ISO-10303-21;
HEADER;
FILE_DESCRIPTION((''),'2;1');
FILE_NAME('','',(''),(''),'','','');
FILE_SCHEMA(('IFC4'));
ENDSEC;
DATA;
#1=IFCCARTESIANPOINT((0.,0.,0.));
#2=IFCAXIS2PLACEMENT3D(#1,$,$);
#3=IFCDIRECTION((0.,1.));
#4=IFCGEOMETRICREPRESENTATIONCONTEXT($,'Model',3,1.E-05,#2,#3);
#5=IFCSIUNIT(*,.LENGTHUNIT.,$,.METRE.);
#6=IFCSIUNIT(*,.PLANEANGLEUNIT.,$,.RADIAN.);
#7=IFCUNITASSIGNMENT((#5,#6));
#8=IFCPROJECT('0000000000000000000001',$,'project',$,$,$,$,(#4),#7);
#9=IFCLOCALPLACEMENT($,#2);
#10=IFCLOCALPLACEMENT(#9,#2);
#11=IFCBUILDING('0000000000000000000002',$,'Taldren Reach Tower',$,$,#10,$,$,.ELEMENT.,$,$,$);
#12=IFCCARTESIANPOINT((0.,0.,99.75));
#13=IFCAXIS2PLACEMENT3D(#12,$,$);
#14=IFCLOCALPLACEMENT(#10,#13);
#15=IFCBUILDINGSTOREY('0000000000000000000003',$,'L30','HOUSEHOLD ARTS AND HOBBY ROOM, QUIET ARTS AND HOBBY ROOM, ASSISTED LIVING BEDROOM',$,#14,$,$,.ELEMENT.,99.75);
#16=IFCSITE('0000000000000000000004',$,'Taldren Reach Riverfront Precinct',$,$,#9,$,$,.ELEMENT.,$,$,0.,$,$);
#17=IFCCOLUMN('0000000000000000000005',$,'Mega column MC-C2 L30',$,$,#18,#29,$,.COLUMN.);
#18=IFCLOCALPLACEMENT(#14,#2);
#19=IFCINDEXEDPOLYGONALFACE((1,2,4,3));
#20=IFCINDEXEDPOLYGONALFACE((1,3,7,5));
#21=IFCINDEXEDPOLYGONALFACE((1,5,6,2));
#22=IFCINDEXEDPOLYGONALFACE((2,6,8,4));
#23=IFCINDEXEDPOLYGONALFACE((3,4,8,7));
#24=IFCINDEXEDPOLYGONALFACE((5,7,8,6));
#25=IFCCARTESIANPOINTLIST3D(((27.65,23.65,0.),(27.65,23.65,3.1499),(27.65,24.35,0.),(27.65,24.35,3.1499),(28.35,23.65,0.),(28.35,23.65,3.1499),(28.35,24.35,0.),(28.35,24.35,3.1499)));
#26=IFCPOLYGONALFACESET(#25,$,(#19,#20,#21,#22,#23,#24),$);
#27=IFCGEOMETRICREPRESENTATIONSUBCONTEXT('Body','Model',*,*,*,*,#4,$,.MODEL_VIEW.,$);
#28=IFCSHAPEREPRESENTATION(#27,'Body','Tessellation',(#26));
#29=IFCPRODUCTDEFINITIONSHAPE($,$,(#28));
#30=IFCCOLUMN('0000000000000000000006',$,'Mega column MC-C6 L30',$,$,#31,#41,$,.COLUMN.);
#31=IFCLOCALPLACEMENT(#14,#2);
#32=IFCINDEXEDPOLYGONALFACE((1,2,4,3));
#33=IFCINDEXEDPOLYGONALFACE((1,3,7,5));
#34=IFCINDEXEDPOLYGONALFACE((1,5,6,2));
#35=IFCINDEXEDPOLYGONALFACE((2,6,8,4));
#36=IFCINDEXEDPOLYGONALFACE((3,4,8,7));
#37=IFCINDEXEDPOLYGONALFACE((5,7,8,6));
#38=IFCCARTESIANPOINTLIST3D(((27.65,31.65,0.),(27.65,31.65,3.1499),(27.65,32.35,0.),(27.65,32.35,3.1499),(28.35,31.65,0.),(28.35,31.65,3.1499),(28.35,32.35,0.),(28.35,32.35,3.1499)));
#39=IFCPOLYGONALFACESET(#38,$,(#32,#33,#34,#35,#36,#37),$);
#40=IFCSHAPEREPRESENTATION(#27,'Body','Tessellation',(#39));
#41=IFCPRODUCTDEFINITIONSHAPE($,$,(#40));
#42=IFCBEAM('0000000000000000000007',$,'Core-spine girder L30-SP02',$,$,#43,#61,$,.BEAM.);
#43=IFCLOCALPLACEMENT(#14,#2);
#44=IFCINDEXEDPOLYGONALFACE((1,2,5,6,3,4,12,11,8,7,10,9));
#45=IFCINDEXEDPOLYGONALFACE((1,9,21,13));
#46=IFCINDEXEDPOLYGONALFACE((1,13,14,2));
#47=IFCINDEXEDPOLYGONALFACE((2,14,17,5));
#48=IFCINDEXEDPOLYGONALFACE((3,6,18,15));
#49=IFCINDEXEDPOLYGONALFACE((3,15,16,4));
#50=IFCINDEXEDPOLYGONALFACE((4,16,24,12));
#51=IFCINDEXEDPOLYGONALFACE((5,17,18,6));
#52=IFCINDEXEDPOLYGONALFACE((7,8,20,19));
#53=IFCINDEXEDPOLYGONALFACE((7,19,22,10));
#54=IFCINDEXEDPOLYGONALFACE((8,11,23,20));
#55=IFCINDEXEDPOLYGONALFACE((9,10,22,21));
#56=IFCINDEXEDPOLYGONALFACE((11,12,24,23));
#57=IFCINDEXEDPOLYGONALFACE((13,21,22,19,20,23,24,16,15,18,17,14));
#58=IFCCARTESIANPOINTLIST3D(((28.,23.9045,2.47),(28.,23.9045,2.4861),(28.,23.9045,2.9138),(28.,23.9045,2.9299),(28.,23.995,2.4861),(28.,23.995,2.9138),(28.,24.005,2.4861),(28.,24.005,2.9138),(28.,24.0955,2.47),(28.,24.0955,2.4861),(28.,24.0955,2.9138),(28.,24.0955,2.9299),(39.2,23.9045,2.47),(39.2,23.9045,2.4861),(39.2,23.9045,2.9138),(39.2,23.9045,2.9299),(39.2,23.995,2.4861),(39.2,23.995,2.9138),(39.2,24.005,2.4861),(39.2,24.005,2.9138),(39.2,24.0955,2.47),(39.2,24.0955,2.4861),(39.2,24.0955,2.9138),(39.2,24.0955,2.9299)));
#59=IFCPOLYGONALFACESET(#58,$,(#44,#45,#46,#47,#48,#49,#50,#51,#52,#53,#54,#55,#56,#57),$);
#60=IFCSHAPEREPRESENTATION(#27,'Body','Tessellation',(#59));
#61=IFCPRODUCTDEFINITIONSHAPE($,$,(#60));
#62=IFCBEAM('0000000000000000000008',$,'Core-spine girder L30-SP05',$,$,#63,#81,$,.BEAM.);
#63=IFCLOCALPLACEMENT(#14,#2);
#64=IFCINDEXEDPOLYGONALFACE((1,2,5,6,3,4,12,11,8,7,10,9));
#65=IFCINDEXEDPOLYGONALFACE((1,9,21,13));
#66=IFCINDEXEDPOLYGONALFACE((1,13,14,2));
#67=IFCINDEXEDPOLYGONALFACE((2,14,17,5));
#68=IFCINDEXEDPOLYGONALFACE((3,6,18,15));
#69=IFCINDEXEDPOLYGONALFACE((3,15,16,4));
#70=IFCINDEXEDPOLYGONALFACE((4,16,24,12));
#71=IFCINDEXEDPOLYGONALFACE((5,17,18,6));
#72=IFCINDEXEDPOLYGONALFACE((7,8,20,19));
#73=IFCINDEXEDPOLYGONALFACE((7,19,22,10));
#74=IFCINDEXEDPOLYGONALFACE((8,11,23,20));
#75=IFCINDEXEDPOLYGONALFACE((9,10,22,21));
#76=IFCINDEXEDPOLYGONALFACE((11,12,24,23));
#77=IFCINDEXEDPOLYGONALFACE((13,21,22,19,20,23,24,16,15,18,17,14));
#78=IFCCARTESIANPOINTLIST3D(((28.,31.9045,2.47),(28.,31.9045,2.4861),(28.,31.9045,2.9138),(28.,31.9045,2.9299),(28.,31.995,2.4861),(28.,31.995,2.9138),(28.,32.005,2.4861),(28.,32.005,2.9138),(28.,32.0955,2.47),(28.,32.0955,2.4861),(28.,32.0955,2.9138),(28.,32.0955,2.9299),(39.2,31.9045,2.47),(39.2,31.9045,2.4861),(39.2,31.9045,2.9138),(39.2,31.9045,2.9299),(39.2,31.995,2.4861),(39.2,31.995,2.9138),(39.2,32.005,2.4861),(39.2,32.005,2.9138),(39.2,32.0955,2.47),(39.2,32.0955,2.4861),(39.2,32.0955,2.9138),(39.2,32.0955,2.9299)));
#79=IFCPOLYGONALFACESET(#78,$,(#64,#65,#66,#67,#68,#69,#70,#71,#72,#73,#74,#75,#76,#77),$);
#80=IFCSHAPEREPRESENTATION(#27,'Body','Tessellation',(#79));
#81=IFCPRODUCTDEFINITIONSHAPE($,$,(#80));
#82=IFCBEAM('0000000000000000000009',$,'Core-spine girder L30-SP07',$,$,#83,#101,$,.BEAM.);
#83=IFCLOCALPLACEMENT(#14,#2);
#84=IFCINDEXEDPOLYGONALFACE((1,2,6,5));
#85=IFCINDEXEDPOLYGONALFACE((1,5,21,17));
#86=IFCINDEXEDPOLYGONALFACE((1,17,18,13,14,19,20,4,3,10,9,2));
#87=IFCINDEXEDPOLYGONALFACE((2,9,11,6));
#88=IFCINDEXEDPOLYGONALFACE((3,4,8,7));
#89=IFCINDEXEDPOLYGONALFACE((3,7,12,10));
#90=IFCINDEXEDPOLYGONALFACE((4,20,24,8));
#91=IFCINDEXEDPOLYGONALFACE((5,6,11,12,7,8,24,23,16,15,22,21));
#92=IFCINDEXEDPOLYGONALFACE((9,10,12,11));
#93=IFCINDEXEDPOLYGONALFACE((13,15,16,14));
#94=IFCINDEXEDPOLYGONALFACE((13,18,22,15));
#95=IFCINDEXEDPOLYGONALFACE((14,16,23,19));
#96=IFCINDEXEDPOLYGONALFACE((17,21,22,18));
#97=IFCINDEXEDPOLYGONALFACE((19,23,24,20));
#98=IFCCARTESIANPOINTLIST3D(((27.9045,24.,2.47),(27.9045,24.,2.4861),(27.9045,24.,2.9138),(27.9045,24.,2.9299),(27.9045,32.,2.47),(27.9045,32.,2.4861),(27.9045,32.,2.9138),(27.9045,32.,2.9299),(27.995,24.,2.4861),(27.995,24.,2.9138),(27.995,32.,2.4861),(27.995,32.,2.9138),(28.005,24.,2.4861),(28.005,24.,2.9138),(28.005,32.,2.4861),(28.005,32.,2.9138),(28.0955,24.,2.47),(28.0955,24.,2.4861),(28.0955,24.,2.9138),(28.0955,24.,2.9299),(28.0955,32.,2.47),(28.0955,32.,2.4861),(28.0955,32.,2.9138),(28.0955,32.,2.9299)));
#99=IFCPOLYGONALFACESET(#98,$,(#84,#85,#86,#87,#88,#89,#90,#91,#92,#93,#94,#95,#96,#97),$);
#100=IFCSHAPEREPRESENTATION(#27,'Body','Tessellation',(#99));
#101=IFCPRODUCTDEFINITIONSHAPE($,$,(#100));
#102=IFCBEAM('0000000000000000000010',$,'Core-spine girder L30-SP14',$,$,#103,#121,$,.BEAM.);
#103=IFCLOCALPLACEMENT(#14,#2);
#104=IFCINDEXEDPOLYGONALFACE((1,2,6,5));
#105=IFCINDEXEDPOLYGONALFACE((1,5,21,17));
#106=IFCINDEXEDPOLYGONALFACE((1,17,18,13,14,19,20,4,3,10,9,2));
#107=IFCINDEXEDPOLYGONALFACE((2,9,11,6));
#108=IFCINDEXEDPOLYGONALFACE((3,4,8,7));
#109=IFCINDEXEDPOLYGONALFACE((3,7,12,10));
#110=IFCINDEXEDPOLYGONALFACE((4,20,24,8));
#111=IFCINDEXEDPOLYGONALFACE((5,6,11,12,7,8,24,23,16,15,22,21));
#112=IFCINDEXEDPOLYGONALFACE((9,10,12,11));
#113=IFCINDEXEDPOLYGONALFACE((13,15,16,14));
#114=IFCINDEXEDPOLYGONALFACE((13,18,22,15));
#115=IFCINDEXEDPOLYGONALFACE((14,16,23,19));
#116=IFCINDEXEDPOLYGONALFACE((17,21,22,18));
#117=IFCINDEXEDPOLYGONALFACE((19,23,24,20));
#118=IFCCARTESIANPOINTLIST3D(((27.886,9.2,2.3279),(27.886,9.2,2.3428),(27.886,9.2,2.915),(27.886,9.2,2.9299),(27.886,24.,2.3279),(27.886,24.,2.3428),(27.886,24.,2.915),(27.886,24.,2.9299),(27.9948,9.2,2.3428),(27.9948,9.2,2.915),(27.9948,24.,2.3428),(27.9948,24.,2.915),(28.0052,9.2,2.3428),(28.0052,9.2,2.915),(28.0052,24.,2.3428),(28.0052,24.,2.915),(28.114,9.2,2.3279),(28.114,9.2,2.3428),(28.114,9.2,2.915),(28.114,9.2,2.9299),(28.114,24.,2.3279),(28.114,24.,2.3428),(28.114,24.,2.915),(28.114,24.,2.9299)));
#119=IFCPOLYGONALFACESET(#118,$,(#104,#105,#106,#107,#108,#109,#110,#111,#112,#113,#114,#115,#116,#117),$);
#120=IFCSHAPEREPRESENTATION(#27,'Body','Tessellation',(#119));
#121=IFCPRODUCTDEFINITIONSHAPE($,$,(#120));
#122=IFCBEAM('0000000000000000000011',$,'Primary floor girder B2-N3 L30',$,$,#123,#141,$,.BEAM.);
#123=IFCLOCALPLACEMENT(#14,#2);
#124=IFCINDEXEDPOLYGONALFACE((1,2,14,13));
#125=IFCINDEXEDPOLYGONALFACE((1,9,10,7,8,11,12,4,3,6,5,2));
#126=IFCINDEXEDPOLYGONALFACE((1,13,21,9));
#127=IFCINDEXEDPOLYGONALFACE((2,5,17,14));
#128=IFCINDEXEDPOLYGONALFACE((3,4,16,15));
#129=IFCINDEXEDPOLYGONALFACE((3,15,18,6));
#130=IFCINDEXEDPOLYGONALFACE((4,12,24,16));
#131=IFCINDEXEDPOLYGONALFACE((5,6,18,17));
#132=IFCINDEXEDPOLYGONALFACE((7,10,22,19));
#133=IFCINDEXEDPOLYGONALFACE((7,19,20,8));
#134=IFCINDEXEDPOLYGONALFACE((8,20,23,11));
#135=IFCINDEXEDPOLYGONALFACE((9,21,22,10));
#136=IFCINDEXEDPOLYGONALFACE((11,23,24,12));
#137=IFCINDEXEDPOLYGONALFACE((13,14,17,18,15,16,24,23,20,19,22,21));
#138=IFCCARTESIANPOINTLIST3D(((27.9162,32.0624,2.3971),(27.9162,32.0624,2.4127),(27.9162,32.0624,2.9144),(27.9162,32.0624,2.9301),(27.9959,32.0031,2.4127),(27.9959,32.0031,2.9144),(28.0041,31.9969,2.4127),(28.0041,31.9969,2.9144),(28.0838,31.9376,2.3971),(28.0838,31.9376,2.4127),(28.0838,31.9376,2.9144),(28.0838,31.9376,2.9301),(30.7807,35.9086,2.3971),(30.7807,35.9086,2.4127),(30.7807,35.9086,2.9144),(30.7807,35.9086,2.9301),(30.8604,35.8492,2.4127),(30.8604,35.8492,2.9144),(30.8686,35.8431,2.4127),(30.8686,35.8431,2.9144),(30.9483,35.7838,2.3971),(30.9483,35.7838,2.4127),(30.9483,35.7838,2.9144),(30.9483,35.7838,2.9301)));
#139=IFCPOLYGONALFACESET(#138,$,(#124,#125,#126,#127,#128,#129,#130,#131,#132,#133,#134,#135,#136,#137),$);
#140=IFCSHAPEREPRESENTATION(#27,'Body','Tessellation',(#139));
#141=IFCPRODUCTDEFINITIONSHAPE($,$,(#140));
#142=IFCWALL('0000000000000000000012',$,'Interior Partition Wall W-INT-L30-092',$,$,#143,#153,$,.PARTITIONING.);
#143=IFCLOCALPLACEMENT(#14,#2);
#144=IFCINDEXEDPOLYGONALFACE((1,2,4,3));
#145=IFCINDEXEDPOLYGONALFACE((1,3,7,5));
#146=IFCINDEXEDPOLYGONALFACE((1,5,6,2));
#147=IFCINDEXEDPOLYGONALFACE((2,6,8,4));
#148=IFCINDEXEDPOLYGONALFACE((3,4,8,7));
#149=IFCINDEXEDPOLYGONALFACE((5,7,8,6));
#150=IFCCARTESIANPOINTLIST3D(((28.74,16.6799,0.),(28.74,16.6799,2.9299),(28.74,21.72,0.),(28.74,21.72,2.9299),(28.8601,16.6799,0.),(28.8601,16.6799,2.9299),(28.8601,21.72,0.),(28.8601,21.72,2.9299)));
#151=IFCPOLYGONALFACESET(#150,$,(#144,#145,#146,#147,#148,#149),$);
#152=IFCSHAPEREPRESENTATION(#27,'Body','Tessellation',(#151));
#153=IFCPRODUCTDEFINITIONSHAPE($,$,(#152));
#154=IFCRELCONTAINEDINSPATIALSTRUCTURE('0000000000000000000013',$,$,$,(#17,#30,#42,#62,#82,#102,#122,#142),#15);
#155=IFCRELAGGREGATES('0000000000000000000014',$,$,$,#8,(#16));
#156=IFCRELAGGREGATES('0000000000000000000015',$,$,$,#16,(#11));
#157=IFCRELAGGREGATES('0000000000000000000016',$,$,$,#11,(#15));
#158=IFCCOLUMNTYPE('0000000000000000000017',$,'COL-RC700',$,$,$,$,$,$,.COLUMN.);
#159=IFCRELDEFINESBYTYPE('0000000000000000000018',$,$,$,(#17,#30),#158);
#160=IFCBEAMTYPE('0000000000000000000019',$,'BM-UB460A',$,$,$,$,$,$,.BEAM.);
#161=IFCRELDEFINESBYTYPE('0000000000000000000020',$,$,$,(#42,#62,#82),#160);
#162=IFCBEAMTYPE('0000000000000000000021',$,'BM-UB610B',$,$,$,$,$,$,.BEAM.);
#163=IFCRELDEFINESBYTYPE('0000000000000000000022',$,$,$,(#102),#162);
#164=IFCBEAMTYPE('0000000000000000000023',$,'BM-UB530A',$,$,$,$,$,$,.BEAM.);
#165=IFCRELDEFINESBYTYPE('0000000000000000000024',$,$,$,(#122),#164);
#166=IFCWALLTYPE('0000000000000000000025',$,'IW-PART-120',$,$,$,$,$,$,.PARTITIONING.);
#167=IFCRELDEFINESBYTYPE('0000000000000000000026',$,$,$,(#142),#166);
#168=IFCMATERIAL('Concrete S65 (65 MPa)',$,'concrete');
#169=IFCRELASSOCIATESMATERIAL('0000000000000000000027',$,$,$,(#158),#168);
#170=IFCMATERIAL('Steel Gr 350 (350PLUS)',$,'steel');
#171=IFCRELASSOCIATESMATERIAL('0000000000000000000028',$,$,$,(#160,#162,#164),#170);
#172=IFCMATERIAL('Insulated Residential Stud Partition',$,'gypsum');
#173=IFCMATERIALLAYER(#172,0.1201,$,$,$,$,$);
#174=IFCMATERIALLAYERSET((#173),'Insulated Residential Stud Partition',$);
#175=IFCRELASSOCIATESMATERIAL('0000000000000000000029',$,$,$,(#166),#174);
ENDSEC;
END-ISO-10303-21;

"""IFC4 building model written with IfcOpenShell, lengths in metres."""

from ifc_helpers import new_model, si_unit, direction, frame, frame_2d, origin, origin_2d, place, context, subcontext, project, spatial, rectangle, i_section, extrude, source, transform, mapped, material, layer, layer_set, material_profile, profile_set, type_object, element, save


model = new_model("IFC4")

# Units and contexts
model_context = context("Model", 3, precision=1e-05, world=origin(), true_north=direction((0.0, 1.0)))
body_context = subcontext(model_context, "Body", "Model", "MODEL_VIEW")
ifc_project = project(units=[si_unit("LENGTHUNIT", "METRE"), si_unit("PLANEANGLEUNIT", "RADIAN")], contexts=[model_context])

# Site, building, storey
site_placement = place(None, origin())
site = spatial("IfcSite", under=ifc_project, at=site_placement, Name="Taldren Reach Riverfront Precinct", CompositionType="ELEMENT", RefElevation=0.0)
building_placement = place(site_placement, origin())
building = spatial("IfcBuilding", under=site, at=building_placement, Name="Taldren Reach Tower", CompositionType="ELEMENT")
storey_placement = place(building_placement, frame((0.0, 0.0, 99.75)))
storey = spatial("IfcBuildingStorey", under=building, at=storey_placement, Name="L30", Description="HOUSEHOLD ARTS AND HOBBY ROOM, QUIET ARTS AND HOBBY ROOM, ASSISTED LIVING BEDROOM", CompositionType="ELEMENT", Elevation=99.75)

# Columns
ifc_material_1 = material(Name="Concrete S65 (65 MPa)", Category="concrete")
ifc_material_profile_1 = material_profile(ifc_material_1, rectangle(XDim=0.7, YDim=0.7, at=origin_2d()), Name="RC-700x700")
ifc_profile_set_1 = profile_set([ifc_material_profile_1], Name="Concrete S65 (65 MPa)")
column_type = type_object("IfcColumnType", Name="COL-RC700", PredefinedType="COLUMN", material=ifc_profile_set_1)
shared_shape_1 = source(origin(), body_context, "Body", "SweptSolid", [
    extrude(rectangle(XDim=0.7, YDim=0.7, at=origin_2d()), origin(), (0.0, 0.0, 1.0), 3.1499),
])
for number, where, z_axis, x_axis, name in (
    (1, (28.0, 24.0, 0.0), (0.0, 0.0, 1.0), (1.0, 0.0, 0.0), "Mega column MC-C2 L30"),
    (2, (28.0, 32.0, 0.0), (0.0, 0.0, 1.0), (1.0, 0.0, 0.0), "Mega column MC-C6 L30"),
):
    element("IfcColumn", number, at=place(storey_placement, frame(where, z_axis=z_axis, x_axis=x_axis)), inside=storey, type_object=column_type, Name=name, PredefinedType="COLUMN", context=body_context, shape_type="MappedRepresentation", body=[
        mapped(shared_shape_1, transform((0.0, 0.0, 0.0), scale=1.0)),
    ])

# Beams
ifc_material_2 = material(Name="Steel Gr 350 (350PLUS)", Category="steel")
ifc_material_profile_2 = material_profile(ifc_material_2, i_section(OverallWidth=0.1909, OverallDepth=0.46, WebThickness=0.01, FlangeThickness=0.0161, at=origin_2d()), Name="460UB82.1")
ifc_profile_set_2 = profile_set([ifc_material_profile_2], Name="Steel Gr 350 (350PLUS)")
beam_type_1 = type_object("IfcBeamType", Name="BM-UB460A", PredefinedType="BEAM", material=ifc_profile_set_2)
shared_shape_2 = source(origin(), body_context, "Body", "SweptSolid", [
    extrude(i_section(OverallWidth=0.1909, OverallDepth=0.46, WebThickness=0.01, FlangeThickness=0.0161, at=origin_2d()), origin(), (0.0, 0.0, 1.0), 11.2),
])
for number, where, z_axis, x_axis, name in (
    (3, (28.0, 24.0, 2.7), (1.0, 0.0, 0.0), (0.0, 1.0, 0.0), "Core-spine girder L30-SP02"),
    (4, (28.0, 32.0, 2.7), (1.0, 0.0, 0.0), (0.0, 1.0, 0.0), "Core-spine girder L30-SP05"),
):
    element("IfcBeam", number, at=place(storey_placement, frame(where, z_axis=z_axis, x_axis=x_axis)), inside=storey, type_object=beam_type_1, Name=name, PredefinedType="BEAM", context=body_context, shape_type="MappedRepresentation", body=[
        mapped(shared_shape_2, transform((0.0, 0.0, 0.0), scale=1.0)),
    ])
shared_shape_3 = source(origin(), body_context, "Body", "SweptSolid", [
    extrude(i_section(OverallWidth=0.1909, OverallDepth=0.46, WebThickness=0.01, FlangeThickness=0.0161, at=origin_2d()), origin(), (0.0, 0.0, 1.0), 8.0),
])
beam_1_placement = place(storey_placement, frame((28.0, 24.0, 2.7), z_axis=(0.0, 1.0, 0.0), x_axis=(-1.0, 0.0, 0.0)))
element("IfcBeam", 5, at=beam_1_placement, inside=storey, type_object=beam_type_1, Name="Core-spine girder L30-SP07", PredefinedType="BEAM", context=body_context, shape_type="MappedRepresentation", body=[
    mapped(shared_shape_3, transform((0.0, 0.0, 0.0), scale=1.0)),
])
ifc_material_profile_3 = material_profile(ifc_material_2, i_section(OverallWidth=0.228, OverallDepth=0.6021, WebThickness=0.0105, FlangeThickness=0.0149, at=origin_2d()), Name="610UB101")
ifc_profile_set_3 = profile_set([ifc_material_profile_3], Name="Steel Gr 350 (350PLUS)")
beam_type_2 = type_object("IfcBeamType", Name="BM-UB610B", PredefinedType="BEAM", material=ifc_profile_set_3)
shared_shape_4 = source(origin(), body_context, "Body", "SweptSolid", [
    extrude(i_section(OverallWidth=0.228, OverallDepth=0.6021, WebThickness=0.0105, FlangeThickness=0.0149, at=origin_2d()), origin(), (0.0, 0.0, 1.0), 14.8),
])
beam_2_placement = place(storey_placement, frame((28.0, 24.0, 2.6289), z_axis=(0.0, -1.0, 0.0), x_axis=(1.0, 0.0, 0.0)))
element("IfcBeam", 6, at=beam_2_placement, inside=storey, type_object=beam_type_2, Name="Core-spine girder L30-SP14", PredefinedType="BEAM", context=body_context, shape_type="MappedRepresentation", body=[
    mapped(shared_shape_4, transform((0.0, 0.0, 0.0), scale=1.0)),
])
ifc_material_profile_4 = material_profile(ifc_material_2, i_section(OverallWidth=0.209, OverallDepth=0.533, WebThickness=0.0103, FlangeThickness=0.0156, at=origin_2d()), Name="530UB92.4")
ifc_profile_set_4 = profile_set([ifc_material_profile_4], Name="Steel Gr 350 (350PLUS)")
beam_type_3 = type_object("IfcBeamType", Name="BM-UB530A", PredefinedType="BEAM", material=ifc_profile_set_4)
shared_shape_5 = source(origin(), body_context, "Body", "SweptSolid", [
    extrude(i_section(OverallWidth=0.209, OverallDepth=0.533, WebThickness=0.0103, FlangeThickness=0.0156, at=origin_2d()), origin(), (0.0, 0.0, 1.0), 4.7957),
])
beam_3_placement = place(storey_placement, frame((28.0, 32.0, 2.6636), z_axis=(0.597309, 0.802011, 0.0), x_axis=(-0.802011, 0.597309, 0.0)))
element("IfcBeam", 7, at=beam_3_placement, inside=storey, type_object=beam_type_3, Name="Primary floor girder B2-N3 L30", PredefinedType="BEAM", context=body_context, shape_type="MappedRepresentation", body=[
    mapped(shared_shape_5, transform((0.0, 0.0, 0.0), scale=1.0)),
])

# Wall
ifc_material_3 = material(Name="Insulated Residential Stud Partition", Category="gypsum")
ifc_layer_1 = layer(ifc_material_3, 0.1201)
ifc_layer_set_1 = layer_set([ifc_layer_1], Name="Insulated Residential Stud Partition")
wall_type_1 = type_object("IfcWallType", Name="IW-PART-120", PredefinedType="PARTITIONING", material=ifc_layer_set_1)
shared_shape_6 = source(origin(), body_context, "Body", "SweptSolid", [
    extrude(rectangle(XDim=5.04, YDim=0.1201, at=frame_2d((2.52, 0.0))), origin(), (0.0, 0.0, 1.0), 2.9299),
])
wall_1_placement = place(storey_placement, frame((28.8, 21.72, 0.0), z_axis=(0.0, 0.0, 1.0), x_axis=(0.0, -1.0, 0.0)))
element("IfcWall", 8, at=wall_1_placement, inside=storey, type_object=wall_type_1, Name="Interior Partition Wall W-INT-L30-092", PredefinedType="PARTITIONING", context=body_context, shape_type="MappedRepresentation", body=[
    mapped(shared_shape_6, transform((0.0, 0.0, 0.0), scale=1.0)),
])

save(model, "model.ifc")
